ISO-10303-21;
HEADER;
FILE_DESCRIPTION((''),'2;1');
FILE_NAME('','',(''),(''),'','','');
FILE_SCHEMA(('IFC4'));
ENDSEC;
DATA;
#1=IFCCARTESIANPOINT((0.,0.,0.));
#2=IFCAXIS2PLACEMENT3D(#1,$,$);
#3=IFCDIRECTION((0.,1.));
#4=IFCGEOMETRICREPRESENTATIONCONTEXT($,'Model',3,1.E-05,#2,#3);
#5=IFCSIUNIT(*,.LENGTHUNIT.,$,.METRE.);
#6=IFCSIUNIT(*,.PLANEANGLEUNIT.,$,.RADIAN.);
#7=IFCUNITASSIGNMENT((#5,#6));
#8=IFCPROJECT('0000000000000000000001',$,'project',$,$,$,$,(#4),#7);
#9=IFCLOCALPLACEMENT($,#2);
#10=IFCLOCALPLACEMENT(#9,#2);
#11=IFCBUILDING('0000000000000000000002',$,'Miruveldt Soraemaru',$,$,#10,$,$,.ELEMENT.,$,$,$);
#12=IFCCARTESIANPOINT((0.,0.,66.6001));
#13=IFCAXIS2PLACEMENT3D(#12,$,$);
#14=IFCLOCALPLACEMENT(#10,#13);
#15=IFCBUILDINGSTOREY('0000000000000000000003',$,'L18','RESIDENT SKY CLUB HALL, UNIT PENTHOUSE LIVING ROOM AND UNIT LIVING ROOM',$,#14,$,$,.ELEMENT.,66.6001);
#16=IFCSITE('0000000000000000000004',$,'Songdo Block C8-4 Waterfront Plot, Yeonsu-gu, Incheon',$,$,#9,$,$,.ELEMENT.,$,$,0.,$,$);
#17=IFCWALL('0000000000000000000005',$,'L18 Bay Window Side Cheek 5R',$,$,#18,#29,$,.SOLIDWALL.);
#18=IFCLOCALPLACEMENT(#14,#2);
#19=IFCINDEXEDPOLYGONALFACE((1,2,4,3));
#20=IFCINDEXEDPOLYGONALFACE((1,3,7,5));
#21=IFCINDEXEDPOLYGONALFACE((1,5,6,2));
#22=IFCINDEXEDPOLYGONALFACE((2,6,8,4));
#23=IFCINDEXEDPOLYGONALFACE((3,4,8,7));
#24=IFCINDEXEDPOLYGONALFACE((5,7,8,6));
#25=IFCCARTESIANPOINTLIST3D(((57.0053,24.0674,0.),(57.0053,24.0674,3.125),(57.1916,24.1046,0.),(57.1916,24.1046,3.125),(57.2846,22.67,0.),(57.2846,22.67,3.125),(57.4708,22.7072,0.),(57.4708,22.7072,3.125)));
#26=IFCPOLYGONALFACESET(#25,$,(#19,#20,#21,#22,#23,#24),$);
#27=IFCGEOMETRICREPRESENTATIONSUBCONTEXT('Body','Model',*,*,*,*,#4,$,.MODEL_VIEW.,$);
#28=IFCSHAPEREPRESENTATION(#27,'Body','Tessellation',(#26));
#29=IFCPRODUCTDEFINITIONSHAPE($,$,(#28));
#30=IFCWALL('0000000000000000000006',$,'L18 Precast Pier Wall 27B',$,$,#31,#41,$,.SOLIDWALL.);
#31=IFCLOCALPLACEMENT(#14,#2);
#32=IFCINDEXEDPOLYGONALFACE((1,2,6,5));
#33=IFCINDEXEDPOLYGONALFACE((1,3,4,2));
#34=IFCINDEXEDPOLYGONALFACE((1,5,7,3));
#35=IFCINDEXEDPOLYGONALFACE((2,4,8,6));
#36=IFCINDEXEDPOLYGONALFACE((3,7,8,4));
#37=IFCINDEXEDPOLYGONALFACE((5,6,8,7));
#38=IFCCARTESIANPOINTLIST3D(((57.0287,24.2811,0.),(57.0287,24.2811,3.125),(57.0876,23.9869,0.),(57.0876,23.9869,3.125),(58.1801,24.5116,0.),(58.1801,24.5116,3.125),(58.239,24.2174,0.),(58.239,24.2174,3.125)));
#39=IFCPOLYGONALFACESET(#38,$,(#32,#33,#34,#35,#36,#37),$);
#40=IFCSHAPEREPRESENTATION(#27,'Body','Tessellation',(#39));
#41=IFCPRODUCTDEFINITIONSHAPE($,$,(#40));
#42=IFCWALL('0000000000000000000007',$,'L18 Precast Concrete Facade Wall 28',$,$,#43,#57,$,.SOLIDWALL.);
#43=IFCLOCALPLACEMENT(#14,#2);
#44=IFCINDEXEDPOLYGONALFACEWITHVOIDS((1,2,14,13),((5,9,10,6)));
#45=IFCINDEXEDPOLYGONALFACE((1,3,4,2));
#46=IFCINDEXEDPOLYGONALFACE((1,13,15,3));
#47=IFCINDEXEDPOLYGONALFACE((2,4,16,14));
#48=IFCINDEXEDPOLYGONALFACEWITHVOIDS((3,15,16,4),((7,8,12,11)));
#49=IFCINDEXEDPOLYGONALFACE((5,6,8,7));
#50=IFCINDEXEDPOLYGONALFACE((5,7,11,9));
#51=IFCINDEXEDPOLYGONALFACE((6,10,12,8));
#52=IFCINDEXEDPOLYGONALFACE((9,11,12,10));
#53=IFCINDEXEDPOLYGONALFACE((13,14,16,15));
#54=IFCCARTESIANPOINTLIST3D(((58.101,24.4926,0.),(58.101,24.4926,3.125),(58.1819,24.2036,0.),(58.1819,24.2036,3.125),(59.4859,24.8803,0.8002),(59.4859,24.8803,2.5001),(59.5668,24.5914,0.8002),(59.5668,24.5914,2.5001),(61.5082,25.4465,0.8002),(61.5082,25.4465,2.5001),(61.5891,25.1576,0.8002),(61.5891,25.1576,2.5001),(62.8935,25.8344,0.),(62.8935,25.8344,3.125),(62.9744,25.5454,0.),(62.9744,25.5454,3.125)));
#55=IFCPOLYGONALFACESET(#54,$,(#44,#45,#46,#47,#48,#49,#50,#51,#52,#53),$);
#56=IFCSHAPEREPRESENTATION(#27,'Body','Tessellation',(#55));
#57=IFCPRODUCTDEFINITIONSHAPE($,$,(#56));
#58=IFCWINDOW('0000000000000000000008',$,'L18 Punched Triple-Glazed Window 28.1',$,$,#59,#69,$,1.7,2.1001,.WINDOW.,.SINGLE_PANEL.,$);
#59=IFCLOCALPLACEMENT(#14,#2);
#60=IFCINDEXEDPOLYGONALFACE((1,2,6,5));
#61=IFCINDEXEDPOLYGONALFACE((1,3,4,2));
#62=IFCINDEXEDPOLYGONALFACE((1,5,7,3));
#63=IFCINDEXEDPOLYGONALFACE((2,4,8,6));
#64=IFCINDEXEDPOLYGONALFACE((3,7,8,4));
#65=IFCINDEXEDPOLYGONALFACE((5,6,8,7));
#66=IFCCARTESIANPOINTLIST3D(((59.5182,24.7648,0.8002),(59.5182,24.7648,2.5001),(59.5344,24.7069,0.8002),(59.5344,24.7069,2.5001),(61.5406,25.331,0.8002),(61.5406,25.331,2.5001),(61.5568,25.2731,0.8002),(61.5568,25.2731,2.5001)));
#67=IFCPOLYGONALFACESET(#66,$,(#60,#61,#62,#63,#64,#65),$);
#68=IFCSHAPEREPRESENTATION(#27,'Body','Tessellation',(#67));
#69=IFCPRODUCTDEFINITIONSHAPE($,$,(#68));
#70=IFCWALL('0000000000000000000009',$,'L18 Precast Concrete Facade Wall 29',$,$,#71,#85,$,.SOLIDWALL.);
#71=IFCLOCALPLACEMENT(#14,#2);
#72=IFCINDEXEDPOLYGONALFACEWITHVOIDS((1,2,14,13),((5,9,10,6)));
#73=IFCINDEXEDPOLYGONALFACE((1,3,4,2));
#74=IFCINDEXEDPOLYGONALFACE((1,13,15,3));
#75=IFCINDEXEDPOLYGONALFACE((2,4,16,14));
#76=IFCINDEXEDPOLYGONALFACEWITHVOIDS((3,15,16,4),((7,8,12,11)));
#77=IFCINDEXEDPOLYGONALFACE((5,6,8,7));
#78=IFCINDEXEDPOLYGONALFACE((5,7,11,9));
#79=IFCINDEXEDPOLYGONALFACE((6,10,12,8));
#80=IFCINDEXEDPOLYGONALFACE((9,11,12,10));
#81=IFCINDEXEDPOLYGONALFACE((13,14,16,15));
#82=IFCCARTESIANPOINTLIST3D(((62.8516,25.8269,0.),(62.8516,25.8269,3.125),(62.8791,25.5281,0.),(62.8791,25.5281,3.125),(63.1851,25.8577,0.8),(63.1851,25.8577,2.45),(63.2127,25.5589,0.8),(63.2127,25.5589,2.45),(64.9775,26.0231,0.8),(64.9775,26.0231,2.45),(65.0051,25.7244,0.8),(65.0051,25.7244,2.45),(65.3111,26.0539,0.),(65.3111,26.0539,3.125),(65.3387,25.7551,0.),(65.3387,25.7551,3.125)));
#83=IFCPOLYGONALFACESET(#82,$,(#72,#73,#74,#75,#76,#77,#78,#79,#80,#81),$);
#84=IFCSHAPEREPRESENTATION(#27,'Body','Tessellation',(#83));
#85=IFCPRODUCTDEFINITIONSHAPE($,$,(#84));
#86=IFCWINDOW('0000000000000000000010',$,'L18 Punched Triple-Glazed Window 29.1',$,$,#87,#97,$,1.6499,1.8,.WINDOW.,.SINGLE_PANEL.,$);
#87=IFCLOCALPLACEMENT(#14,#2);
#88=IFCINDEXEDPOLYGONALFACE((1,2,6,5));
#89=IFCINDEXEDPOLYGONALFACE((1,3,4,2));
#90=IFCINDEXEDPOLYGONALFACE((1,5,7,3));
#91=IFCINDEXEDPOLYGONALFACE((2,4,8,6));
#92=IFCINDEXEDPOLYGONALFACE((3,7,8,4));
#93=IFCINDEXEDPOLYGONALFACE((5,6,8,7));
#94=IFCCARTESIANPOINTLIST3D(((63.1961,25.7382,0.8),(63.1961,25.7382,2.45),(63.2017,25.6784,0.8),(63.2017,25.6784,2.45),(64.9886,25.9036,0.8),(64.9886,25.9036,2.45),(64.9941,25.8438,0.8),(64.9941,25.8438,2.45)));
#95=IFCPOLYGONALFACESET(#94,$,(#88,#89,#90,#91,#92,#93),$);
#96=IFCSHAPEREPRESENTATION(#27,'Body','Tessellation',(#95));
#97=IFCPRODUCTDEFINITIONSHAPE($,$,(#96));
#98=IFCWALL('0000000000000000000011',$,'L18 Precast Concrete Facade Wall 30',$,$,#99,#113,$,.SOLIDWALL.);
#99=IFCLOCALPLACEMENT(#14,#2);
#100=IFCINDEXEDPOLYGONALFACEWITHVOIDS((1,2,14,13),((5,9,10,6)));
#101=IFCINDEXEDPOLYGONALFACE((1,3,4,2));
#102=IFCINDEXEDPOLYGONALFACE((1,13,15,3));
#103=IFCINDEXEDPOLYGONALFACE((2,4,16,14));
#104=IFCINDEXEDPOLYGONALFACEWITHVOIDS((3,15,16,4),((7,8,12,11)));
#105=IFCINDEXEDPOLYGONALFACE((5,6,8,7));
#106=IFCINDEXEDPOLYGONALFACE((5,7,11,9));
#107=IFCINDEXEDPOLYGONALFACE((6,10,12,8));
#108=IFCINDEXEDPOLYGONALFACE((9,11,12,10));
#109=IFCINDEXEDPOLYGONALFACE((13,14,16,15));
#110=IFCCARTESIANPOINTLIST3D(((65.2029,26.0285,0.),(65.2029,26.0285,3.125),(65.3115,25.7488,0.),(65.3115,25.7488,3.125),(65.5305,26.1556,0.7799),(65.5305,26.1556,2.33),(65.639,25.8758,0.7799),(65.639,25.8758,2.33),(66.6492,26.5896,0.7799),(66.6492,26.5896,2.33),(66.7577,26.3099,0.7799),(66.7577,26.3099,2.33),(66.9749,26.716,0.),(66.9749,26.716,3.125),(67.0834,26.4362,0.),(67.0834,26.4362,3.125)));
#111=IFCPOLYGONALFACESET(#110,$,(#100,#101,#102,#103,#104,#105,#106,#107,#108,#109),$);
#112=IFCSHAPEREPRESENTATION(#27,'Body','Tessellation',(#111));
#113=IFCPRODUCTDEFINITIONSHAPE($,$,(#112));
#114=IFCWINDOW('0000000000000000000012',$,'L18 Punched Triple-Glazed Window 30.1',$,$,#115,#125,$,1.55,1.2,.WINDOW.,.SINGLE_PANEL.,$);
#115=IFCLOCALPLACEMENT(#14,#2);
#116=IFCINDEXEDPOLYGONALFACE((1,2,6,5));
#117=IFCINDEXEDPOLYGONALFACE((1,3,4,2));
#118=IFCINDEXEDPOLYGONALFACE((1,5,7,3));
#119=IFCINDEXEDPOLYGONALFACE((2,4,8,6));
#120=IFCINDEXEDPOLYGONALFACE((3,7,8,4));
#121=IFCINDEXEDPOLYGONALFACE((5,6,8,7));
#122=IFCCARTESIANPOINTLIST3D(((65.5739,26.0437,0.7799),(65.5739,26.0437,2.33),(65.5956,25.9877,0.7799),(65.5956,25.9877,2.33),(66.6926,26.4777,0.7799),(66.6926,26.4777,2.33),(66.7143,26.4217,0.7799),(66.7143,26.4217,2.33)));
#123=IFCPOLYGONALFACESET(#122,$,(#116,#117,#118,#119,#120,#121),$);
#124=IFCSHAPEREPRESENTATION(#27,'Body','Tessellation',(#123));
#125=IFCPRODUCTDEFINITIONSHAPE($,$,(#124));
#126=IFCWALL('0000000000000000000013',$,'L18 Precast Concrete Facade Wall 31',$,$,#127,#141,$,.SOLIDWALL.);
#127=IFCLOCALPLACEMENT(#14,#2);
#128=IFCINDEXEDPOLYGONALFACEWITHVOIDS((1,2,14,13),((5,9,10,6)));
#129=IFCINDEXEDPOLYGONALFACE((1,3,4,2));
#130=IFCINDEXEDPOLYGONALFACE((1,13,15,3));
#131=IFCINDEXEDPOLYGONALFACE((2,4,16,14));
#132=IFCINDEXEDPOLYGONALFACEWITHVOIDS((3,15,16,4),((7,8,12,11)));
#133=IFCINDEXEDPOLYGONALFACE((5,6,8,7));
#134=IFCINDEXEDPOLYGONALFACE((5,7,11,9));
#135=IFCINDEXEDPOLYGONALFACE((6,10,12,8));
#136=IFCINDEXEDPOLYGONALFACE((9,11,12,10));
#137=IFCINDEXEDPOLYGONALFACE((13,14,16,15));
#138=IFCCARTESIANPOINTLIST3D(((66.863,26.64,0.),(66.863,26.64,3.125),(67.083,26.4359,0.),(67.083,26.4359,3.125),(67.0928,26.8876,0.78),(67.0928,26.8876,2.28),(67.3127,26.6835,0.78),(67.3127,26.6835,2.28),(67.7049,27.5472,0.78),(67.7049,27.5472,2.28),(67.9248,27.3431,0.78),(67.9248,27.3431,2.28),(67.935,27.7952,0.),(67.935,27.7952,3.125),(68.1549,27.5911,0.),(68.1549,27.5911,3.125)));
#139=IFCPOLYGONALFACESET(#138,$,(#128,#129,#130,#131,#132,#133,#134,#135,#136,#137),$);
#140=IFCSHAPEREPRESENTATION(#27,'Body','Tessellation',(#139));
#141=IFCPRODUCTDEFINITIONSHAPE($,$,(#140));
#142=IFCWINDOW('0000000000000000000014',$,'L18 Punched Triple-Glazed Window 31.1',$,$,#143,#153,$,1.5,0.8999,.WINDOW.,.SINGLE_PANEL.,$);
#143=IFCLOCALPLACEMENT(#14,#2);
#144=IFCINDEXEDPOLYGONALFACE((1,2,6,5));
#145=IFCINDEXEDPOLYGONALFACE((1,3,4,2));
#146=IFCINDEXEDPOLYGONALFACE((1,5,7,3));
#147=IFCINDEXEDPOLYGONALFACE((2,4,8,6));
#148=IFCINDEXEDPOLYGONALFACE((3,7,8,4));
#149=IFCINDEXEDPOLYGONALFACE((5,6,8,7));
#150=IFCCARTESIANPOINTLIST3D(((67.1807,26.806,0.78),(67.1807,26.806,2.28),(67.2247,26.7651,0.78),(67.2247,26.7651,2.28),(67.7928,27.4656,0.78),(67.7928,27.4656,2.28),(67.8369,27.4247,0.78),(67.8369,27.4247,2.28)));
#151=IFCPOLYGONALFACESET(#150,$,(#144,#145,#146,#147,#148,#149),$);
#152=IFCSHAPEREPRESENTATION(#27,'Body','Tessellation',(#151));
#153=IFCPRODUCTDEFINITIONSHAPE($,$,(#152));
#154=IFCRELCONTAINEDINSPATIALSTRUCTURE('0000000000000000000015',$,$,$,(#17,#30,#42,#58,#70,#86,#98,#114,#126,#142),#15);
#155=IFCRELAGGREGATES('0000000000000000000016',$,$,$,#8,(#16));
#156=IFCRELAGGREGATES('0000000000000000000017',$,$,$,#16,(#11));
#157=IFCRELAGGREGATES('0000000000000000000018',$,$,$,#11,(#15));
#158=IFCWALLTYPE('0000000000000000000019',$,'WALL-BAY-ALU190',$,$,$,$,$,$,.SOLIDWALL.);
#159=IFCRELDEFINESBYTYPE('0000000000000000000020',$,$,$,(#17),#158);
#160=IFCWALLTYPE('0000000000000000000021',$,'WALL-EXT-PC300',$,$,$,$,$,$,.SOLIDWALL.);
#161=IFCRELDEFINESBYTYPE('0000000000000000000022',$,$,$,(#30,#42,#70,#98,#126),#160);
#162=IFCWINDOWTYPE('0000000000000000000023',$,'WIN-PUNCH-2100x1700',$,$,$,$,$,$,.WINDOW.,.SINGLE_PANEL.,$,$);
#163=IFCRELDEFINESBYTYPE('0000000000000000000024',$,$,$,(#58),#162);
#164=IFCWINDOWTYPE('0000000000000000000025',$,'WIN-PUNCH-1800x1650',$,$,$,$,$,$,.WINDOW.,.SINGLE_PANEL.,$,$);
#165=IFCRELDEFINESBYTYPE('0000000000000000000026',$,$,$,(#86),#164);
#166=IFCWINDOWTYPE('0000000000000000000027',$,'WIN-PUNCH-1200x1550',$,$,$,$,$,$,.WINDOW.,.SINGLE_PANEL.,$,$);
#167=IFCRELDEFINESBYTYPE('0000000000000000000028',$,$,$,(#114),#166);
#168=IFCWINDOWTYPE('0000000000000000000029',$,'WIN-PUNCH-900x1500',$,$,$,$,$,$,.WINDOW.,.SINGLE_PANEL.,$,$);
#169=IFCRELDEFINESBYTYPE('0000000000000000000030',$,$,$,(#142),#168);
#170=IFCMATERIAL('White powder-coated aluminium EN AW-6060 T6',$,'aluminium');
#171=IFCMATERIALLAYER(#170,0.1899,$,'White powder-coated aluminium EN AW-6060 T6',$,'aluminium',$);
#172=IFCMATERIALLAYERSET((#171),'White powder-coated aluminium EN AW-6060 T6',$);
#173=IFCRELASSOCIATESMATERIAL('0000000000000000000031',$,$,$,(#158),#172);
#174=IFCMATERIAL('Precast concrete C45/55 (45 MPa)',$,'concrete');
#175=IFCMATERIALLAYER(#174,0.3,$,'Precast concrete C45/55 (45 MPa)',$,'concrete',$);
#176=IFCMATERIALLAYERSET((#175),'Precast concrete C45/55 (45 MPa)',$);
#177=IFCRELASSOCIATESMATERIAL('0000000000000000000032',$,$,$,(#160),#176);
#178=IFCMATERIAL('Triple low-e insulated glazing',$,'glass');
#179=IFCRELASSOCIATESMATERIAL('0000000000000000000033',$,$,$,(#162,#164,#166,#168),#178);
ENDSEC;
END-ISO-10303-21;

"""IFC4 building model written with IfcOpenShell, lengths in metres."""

from ifc_helpers import new_model, si_unit, direction, frame, frame_2d, origin, place, context, subcontext, project, spatial, rectangle, extrude, material, layer, layer_set, type_object, element, fill, save


model = new_model("IFC4")

# Units and contexts
model_context = context("Model", 3, precision=1e-05, world=origin(), true_north=direction((0.0, 1.0)))
body_context = subcontext(model_context, "Body", "Model", "MODEL_VIEW")
ifc_project = project(units=[si_unit("LENGTHUNIT", "METRE"), si_unit("PLANEANGLEUNIT", "RADIAN")], contexts=[model_context])

# Site, building, storey
site_placement = place(None, origin())
site = spatial("IfcSite", under=ifc_project, at=site_placement, Name="Songdo Block C8-4 Waterfront Plot, Yeonsu-gu, Incheon", CompositionType="ELEMENT", RefElevation=0.0)
building_placement = place(site_placement, origin())
building = spatial("IfcBuilding", under=site, at=building_placement, Name="Miruveldt Soraemaru", CompositionType="ELEMENT")
storey_placement = place(building_placement, frame((0.0, 0.0, 66.6001)))
storey = spatial("IfcBuildingStorey", under=building, at=storey_placement, Name="L18", Description="RESIDENT SKY CLUB HALL, UNIT PENTHOUSE LIVING ROOM AND UNIT LIVING ROOM", CompositionType="ELEMENT", Elevation=66.6001)

# Walls
ifc_material_1 = material(Name="White powder-coated aluminium EN AW-6060 T6", Category="aluminium")
ifc_layer_1 = layer(ifc_material_1, 0.1899, Name="White powder-coated aluminium EN AW-6060 T6", Category="aluminium")
ifc_layer_set_1 = layer_set([ifc_layer_1], Name="White powder-coated aluminium EN AW-6060 T6")
wall_type_1 = type_object("IfcWallType", Name="WALL-BAY-ALU190", PredefinedType="SOLIDWALL", material=ifc_layer_set_1)
wall_1_placement = place(storey_placement, frame((57.3777, 22.6887, 0.0), z_axis=(0.0, 0.0, 1.0), x_axis=(-0.195984, 0.980607, 0.0)))
element("IfcWall", 1, at=wall_1_placement, inside=storey, type_object=wall_type_1, Name="L18 Bay Window Side Cheek 5R", PredefinedType="SOLIDWALL", context=body_context, shape_type="SweptSolid", body=[
    extrude(rectangle(XDim=1.425, YDim=0.1899, at=frame_2d((0.7124, 0.0))), origin(), (0.0, 0.0, 1.0), 3.125),
])
ifc_material_2 = material(Name="Precast concrete C45/55 (45 MPa)", Category="concrete")
ifc_layer_2 = layer(ifc_material_2, 0.3, Name="Precast concrete C45/55 (45 MPa)", Category="concrete")
ifc_layer_set_2 = layer_set([ifc_layer_2], Name="Precast concrete C45/55 (45 MPa)")
wall_type_2 = type_object("IfcWallType", Name="WALL-EXT-PC300", PredefinedType="SOLIDWALL", material=ifc_layer_set_2)
wall_2_placement = place(storey_placement, frame((57.0581, 24.134, 0.0), z_axis=(0.0, 0.0, 1.0), x_axis=(0.980549, 0.196276, 0.0)))
element("IfcWall", 2, at=wall_2_placement, inside=storey, type_object=wall_type_2, Name="L18 Precast Pier Wall 27B", PredefinedType="SOLIDWALL", context=body_context, shape_type="SweptSolid", body=[
    extrude(rectangle(XDim=1.1743, YDim=0.3, at=frame_2d((0.5872, 0.0))), origin(), (0.0, 0.0, 1.0), 3.125),
])

# Walls, openings, windows
wall_3_placement = place(storey_placement, frame((58.1416, 24.3481, 0.0), z_axis=(0.0, 0.0, 1.0), x_axis=(0.962969, 0.269612, 0.0)))
wall_3 = element("IfcWall", 3, at=wall_3_placement, inside=storey, type_object=wall_type_2, Name="L18 Precast Concrete Facade Wall 28", PredefinedType="SOLIDWALL", context=body_context, shape_type="SweptSolid", body=[
    extrude(rectangle(XDim=4.9768, YDim=0.3, at=frame_2d((2.4883, 0.0))), origin(), (0.0, 0.0, 1.0), 3.125),
])
opening_1_placement = place(wall_3_placement, frame((1.438, 0.0, 0.8)))
opening_1 = element("IfcOpeningElement", 4, at=opening_1_placement, cuts=wall_3, PredefinedType="OPENING", context=body_context, shape_type="SweptSolid", body=[
    extrude(rectangle(XDim=2.1001, YDim=1.7, at=frame_2d((1.05, 0.8501))), frame((0.0, 0.1602, 0.0), z_axis=(0.0, -1.0, 0.0), x_axis=(1.0, 0.0, 0.0)), (0.0, 0.0, 1.0), 0.3201),
])
ifc_material_3 = material(Name="Triple low-e insulated glazing", Category="glass")
window_type_1 = type_object("IfcWindowType", Name="WIN-PUNCH-2100x1700", PartitioningType="SINGLE_PANEL", PredefinedType="WINDOW", material=ifc_material_3)
window_1_placement = place(opening_1_placement, origin())
window_1 = element("IfcWindow", 5, at=window_1_placement, inside=storey, type_object=window_type_1, Name="L18 Punched Triple-Glazed Window 28.1", OverallHeight=1.7, OverallWidth=2.1001, PartitioningType="SINGLE_PANEL", PredefinedType="WINDOW", context=body_context, shape_type="SweptSolid", body=[
    extrude(rectangle(XDim=2.1001, YDim=1.7, at=frame_2d((1.05, 0.8501))), frame((0.0, 0.03, 0.0), z_axis=(0.0, -1.0, 0.0), x_axis=(1.0, 0.0, 0.0)), (0.0, 0.0, 1.0), 0.0601),
])
fill(opening_1, window_1)
wall_4_placement = place(storey_placement, frame((62.8655, 25.6775, 0.0), z_axis=(0.0, 0.0, 1.0), x_axis=(0.995766, 0.091926, 0.0)))
wall_4 = element("IfcWall", 6, at=wall_4_placement, inside=storey, type_object=wall_type_2, Name="L18 Precast Concrete Facade Wall 29", PredefinedType="SOLIDWALL", context=body_context, shape_type="SweptSolid", body=[
    extrude(rectangle(XDim=2.47, YDim=0.3, at=frame_2d((1.2349, 0.0))), origin(), (0.0, 0.0, 1.0), 3.125),
])
opening_2_placement = place(wall_4_placement, frame((0.335, 0.0, 0.8)))
opening_2 = element("IfcOpeningElement", 7, at=opening_2_placement, cuts=wall_4, PredefinedType="OPENING", context=body_context, shape_type="SweptSolid", body=[
    extrude(rectangle(XDim=1.8, YDim=1.6499, at=frame_2d((0.8999, 0.825))), frame((0.0, 0.1602, 0.0), z_axis=(0.0, -1.0, 0.0), x_axis=(1.0, 0.0, 0.0)), (0.0, 0.0, 1.0), 0.3201),
])
window_type_2 = type_object("IfcWindowType", Name="WIN-PUNCH-1800x1650", PartitioningType="SINGLE_PANEL", PredefinedType="WINDOW", material=ifc_material_3)
window_2_placement = place(opening_2_placement, origin())
window_2 = element("IfcWindow", 8, at=window_2_placement, inside=storey, type_object=window_type_2, Name="L18 Punched Triple-Glazed Window 29.1", OverallHeight=1.6499, OverallWidth=1.8, PartitioningType="SINGLE_PANEL", PredefinedType="WINDOW", context=body_context, shape_type="SweptSolid", body=[
    extrude(rectangle(XDim=1.8, YDim=1.6499, at=frame_2d((0.8999, 0.825))), frame((0.0, 0.03, 0.0), z_axis=(0.0, -1.0, 0.0), x_axis=(1.0, 0.0, 0.0)), (0.0, 0.0, 1.0), 0.0601),
])
fill(opening_2, window_2)
wall_5_placement = place(storey_placement, frame((65.2573, 25.8887, 0.0), z_axis=(0.0, 0.0, 1.0), x_axis=(0.932289, 0.361715, 0.0)))
wall_5 = element("IfcWall", 9, at=wall_5_placement, inside=storey, type_object=wall_type_2, Name="L18 Precast Concrete Facade Wall 30", PredefinedType="SOLIDWALL", context=body_context, shape_type="SweptSolid", body=[
    extrude(rectangle(XDim=1.9006, YDim=0.3, at=frame_2d((0.9502, 0.0))), origin(), (0.0, 0.0, 1.0), 3.125),
])
opening_3_placement = place(wall_5_placement, frame((0.3511, 0.0, 0.78)))
opening_3 = element("IfcOpeningElement", 10, at=opening_3_placement, cuts=wall_5, PredefinedType="OPENING", context=body_context, shape_type="SweptSolid", body=[
    extrude(rectangle(XDim=1.2, YDim=1.55, at=frame_2d((0.6001, 0.7749))), frame((0.0, 0.1602, 0.0), z_axis=(0.0, -1.0, 0.0), x_axis=(1.0, 0.0, 0.0)), (0.0, 0.0, 1.0), 0.3201),
])
window_type_3 = type_object("IfcWindowType", Name="WIN-PUNCH-1200x1550", PartitioningType="SINGLE_PANEL", PredefinedType="WINDOW", material=ifc_material_3)
window_3_placement = place(opening_3_placement, origin())
window_3 = element("IfcWindow", 11, at=window_3_placement, inside=storey, type_object=window_type_3, Name="L18 Punched Triple-Glazed Window 30.1", OverallHeight=1.55, OverallWidth=1.2, PartitioningType="SINGLE_PANEL", PredefinedType="WINDOW", context=body_context, shape_type="SweptSolid", body=[
    extrude(rectangle(XDim=1.2, YDim=1.55, at=frame_2d((0.6001, 0.7749))), frame((0.0, 0.03, 0.0), z_axis=(0.0, -1.0, 0.0), x_axis=(1.0, 0.0, 0.0)), (0.0, 0.0, 1.0), 0.0601),
])
fill(opening_3, window_3)
wall_6_placement = place(storey_placement, frame((66.9729, 26.5378, 0.0), z_axis=(0.0, 0.0, 1.0), x_axis=(0.680202, 0.733025, 0.0)))
wall_6 = element("IfcWall", 12, at=wall_6_placement, inside=storey, type_object=wall_type_2, Name="L18 Precast Concrete Facade Wall 31", PredefinedType="SOLIDWALL", context=body_context, shape_type="SweptSolid", body=[
    extrude(rectangle(XDim=1.5759, YDim=0.3, at=frame_2d((0.7881, 0.0))), origin(), (0.0, 0.0, 1.0), 3.125),
])
opening_4_placement = place(wall_6_placement, frame((0.3379, 0.0, 0.78)))
opening_4 = element("IfcOpeningElement", 13, at=opening_4_placement, cuts=wall_6, PredefinedType="OPENING", context=body_context, shape_type="SweptSolid", body=[
    extrude(rectangle(XDim=0.8999, YDim=1.5, at=frame_2d((0.45, 0.75))), frame((0.0, 0.1602, 0.0), z_axis=(0.0, -1.0, 0.0), x_axis=(1.0, 0.0, 0.0)), (0.0, 0.0, 1.0), 0.3201),
])
window_type_4 = type_object("IfcWindowType", Name="WIN-PUNCH-900x1500", PartitioningType="SINGLE_PANEL", PredefinedType="WINDOW", material=ifc_material_3)
window_4_placement = place(opening_4_placement, origin())
window_4 = element("IfcWindow", 14, at=window_4_placement, inside=storey, type_object=window_type_4, Name="L18 Punched Triple-Glazed Window 31.1", OverallHeight=1.5, OverallWidth=0.8999, PartitioningType="SINGLE_PANEL", PredefinedType="WINDOW", context=body_context, shape_type="SweptSolid", body=[
    extrude(rectangle(XDim=0.8999, YDim=1.5, at=frame_2d((0.45, 0.75))), frame((0.0, 0.03, 0.0), z_axis=(0.0, -1.0, 0.0), x_axis=(1.0, 0.0, 0.0)), (0.0, 0.0, 1.0), 0.0601),
])
fill(opening_4, window_4)

save(model, "model.ifc")
